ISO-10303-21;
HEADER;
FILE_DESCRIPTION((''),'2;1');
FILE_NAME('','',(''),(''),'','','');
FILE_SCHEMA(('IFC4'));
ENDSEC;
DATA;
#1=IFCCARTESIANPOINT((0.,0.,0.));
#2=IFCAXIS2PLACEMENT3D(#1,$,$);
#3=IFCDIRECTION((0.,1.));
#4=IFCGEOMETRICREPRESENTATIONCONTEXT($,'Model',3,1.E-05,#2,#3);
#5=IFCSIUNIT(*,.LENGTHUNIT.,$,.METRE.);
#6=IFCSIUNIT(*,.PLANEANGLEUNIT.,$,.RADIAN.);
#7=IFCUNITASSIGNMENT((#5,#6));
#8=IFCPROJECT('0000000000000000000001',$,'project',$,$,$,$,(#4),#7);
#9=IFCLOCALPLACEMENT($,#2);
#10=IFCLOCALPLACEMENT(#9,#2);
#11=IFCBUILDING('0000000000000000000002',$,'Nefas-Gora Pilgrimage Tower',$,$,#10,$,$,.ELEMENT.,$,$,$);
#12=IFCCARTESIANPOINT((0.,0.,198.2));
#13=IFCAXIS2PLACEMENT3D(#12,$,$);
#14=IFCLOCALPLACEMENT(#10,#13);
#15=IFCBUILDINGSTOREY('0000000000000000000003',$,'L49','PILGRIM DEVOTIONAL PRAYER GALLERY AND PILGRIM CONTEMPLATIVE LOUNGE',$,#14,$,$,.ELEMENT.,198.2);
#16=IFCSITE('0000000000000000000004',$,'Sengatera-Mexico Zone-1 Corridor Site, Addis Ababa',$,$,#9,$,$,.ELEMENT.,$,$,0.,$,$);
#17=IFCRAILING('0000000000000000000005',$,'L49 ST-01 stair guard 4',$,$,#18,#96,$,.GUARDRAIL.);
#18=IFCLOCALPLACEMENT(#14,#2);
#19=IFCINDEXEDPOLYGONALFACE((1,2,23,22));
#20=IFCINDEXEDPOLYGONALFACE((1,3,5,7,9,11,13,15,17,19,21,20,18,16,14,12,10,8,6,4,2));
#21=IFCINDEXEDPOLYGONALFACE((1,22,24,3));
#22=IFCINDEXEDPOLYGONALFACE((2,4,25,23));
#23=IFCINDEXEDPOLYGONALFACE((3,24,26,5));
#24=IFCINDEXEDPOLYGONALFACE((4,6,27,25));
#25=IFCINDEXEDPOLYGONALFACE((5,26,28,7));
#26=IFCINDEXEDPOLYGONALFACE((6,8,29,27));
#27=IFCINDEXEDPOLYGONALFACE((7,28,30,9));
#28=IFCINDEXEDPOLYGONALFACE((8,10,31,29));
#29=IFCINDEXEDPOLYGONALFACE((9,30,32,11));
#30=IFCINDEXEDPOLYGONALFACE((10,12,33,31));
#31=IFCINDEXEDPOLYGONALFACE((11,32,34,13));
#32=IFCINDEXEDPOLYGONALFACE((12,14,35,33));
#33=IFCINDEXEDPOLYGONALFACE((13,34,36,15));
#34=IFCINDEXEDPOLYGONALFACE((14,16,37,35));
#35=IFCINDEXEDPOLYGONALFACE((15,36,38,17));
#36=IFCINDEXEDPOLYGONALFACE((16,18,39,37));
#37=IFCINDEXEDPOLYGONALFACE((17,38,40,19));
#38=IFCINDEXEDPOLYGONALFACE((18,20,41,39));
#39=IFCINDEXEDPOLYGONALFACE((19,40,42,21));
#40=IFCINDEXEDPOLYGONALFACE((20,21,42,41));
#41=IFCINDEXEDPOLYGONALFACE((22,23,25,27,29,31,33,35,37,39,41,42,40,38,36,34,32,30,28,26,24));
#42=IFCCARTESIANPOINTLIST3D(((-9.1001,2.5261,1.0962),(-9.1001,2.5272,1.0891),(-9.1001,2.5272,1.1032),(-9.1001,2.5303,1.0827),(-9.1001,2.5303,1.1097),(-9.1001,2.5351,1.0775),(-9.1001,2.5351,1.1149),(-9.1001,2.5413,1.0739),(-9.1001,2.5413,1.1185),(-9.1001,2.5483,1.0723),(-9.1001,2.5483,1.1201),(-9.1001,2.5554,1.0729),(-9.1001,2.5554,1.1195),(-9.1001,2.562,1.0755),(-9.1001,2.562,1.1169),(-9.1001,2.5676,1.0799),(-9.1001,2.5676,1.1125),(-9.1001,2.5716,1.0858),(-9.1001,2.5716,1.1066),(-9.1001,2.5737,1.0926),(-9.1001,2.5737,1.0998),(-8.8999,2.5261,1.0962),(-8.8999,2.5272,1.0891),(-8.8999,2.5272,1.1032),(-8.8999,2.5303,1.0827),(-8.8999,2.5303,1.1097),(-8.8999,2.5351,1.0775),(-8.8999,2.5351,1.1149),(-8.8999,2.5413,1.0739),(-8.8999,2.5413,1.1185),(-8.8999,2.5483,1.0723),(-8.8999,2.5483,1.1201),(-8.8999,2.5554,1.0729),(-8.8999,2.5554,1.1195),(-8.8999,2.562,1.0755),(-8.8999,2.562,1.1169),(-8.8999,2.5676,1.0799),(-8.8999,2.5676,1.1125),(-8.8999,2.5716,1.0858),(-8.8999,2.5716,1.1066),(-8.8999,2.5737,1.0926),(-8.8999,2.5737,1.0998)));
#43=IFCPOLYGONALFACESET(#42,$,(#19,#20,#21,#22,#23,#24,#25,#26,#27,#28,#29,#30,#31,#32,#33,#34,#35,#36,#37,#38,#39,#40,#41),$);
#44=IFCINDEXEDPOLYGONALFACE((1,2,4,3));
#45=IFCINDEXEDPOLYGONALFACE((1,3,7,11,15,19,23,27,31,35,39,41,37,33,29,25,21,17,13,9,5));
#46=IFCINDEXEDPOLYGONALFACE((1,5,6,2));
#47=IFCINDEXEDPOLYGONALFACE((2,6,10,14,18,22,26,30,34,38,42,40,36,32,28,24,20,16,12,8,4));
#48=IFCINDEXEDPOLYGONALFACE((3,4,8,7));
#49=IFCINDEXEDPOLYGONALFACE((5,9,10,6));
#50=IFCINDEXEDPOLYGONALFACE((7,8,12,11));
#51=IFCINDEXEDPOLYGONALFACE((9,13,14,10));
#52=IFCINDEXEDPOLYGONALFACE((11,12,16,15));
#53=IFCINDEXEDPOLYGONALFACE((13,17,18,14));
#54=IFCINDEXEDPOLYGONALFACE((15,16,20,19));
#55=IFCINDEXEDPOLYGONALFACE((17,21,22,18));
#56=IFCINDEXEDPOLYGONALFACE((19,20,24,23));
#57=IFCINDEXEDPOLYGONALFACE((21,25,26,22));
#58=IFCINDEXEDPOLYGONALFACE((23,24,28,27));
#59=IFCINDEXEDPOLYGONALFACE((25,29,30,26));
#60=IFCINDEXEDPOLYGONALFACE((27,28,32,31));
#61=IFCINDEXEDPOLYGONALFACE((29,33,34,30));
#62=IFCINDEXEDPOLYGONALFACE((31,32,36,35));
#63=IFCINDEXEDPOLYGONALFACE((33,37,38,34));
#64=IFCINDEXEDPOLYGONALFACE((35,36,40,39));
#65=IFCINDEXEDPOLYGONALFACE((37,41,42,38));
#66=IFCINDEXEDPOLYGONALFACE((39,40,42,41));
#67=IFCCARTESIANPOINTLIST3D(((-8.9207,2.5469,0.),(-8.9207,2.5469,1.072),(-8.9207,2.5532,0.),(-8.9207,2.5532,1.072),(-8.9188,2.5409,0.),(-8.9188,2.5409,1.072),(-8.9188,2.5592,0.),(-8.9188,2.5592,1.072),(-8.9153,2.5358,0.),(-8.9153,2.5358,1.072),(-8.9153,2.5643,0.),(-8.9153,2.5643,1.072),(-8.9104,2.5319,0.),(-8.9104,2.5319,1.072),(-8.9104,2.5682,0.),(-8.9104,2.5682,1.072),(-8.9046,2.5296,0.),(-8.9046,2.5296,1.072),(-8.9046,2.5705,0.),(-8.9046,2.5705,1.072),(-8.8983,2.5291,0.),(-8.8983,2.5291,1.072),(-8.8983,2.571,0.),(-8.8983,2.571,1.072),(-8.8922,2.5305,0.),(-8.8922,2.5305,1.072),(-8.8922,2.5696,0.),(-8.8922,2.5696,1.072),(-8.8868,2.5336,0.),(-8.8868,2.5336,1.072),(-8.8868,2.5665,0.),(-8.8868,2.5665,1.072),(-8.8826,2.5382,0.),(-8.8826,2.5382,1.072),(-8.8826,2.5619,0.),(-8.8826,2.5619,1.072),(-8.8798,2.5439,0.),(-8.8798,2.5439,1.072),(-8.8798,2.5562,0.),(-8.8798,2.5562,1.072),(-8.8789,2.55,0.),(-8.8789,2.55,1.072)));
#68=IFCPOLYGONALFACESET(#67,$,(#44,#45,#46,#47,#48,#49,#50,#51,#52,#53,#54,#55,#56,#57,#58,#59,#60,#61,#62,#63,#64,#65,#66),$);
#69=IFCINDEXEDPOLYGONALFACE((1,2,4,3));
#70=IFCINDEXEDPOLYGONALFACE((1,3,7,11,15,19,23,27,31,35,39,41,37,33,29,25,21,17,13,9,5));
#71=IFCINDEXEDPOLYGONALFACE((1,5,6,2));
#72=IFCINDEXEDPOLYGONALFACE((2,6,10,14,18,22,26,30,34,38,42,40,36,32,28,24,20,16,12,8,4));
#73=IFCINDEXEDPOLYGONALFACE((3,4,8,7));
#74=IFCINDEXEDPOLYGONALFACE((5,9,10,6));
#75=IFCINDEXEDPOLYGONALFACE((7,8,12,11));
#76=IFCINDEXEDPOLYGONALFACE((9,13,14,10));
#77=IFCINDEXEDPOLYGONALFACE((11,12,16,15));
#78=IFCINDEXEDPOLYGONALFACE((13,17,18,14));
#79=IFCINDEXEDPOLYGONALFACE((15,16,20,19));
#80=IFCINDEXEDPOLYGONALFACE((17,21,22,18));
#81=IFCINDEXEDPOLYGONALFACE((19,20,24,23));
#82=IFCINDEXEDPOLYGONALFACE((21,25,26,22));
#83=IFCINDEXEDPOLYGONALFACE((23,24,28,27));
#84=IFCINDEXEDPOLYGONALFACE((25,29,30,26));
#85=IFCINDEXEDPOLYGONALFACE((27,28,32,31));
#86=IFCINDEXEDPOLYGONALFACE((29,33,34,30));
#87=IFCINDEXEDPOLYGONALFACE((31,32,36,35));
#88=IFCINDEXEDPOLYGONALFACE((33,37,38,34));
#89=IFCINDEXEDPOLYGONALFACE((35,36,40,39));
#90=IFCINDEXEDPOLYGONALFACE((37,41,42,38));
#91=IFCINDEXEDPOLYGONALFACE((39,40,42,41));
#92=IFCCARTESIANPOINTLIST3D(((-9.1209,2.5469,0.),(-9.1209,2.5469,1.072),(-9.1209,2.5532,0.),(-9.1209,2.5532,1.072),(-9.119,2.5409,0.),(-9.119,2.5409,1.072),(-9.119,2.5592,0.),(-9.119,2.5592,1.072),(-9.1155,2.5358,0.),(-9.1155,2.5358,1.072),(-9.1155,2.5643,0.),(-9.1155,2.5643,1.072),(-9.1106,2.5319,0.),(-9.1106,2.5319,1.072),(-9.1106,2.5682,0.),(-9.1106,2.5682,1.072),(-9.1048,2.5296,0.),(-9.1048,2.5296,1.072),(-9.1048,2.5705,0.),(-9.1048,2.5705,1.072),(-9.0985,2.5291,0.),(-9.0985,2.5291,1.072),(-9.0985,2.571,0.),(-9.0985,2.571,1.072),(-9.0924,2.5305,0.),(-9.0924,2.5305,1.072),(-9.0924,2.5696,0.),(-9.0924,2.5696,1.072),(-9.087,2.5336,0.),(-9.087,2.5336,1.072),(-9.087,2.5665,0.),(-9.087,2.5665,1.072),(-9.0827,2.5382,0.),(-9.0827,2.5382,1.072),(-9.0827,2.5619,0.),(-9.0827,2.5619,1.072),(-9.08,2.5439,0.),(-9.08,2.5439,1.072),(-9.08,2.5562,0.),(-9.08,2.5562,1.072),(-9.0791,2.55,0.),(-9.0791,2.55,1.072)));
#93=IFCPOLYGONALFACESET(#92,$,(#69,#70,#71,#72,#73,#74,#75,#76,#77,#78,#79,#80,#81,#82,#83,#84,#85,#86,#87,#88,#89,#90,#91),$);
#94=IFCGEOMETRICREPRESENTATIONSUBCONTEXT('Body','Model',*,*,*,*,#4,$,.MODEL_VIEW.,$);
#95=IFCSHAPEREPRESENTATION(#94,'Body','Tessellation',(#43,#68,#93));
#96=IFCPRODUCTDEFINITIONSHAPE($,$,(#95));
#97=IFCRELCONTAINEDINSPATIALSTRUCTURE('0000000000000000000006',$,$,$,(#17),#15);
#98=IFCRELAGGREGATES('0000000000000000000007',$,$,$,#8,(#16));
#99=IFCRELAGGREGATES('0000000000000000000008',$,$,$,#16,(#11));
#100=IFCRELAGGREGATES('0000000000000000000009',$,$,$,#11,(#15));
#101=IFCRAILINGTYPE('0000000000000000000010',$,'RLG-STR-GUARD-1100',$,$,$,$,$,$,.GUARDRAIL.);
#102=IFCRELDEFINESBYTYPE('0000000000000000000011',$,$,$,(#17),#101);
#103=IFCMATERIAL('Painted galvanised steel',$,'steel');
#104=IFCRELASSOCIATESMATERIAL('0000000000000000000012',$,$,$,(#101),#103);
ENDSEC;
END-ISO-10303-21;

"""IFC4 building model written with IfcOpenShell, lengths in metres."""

from ifc_helpers import new_model, si_unit, direction, frame, origin, origin_2d, place, context, subcontext, project, spatial, circle, extrude, material, type_object, element, save


model = new_model("IFC4")

# Units and contexts
model_context = context("Model", 3, precision=1e-05, world=origin(), true_north=direction((0.0, 1.0)))
body_context = subcontext(model_context, "Body", "Model", "MODEL_VIEW")
ifc_project = project(units=[si_unit("LENGTHUNIT", "METRE"), si_unit("PLANEANGLEUNIT", "RADIAN")], contexts=[model_context])

# Site, building, storey
site_placement = place(None, origin())
site = spatial("IfcSite", under=ifc_project, at=site_placement, Name="Sengatera-Mexico Zone-1 Corridor Site, Addis Ababa", CompositionType="ELEMENT", RefElevation=0.0)
building_placement = place(site_placement, origin())
building = spatial("IfcBuilding", under=site, at=building_placement, Name="Nefas-Gora Pilgrimage Tower", CompositionType="ELEMENT")
storey_placement = place(building_placement, frame((0.0, 0.0, 198.2)))
storey = spatial("IfcBuildingStorey", under=building, at=storey_placement, Name="L49", Description="PILGRIM DEVOTIONAL PRAYER GALLERY AND PILGRIM CONTEMPLATIVE LOUNGE", CompositionType="ELEMENT", Elevation=198.2)

# Railing
ifc_material_1 = material(Name="Painted galvanised steel", Category="steel")
railing_type_1 = type_object("IfcRailingType", Name="RLG-STR-GUARD-1100", PredefinedType="GUARDRAIL", material=ifc_material_1)
railing_1_placement = place(storey_placement, frame((-8.8999, 2.55, 0.0)))
element("IfcRailing", 1, at=railing_1_placement, inside=storey, type_object=railing_type_1, Name="L49 ST-01 stair guard 4", PredefinedType="GUARDRAIL", context=body_context, shape_type="SweptSolid", body=[
    extrude(circle(Radius=0.0239, at=origin_2d()), frame((0.0, 0.0, 1.0962), z_axis=(-1.0, 0.0, 0.0), x_axis=(0.0, -1.0, 0.0)), (0.0, 0.0, 1.0), 0.2002),
    extrude(circle(Radius=0.021, at=origin_2d()), origin(), (0.0, 0.0, 1.0), 1.072),
    extrude(circle(Radius=0.021, at=origin_2d()), frame((-0.2002, 0.0, 0.0)), (0.0, 0.0, 1.0), 1.072),
])

save(model, "model.ifc")
